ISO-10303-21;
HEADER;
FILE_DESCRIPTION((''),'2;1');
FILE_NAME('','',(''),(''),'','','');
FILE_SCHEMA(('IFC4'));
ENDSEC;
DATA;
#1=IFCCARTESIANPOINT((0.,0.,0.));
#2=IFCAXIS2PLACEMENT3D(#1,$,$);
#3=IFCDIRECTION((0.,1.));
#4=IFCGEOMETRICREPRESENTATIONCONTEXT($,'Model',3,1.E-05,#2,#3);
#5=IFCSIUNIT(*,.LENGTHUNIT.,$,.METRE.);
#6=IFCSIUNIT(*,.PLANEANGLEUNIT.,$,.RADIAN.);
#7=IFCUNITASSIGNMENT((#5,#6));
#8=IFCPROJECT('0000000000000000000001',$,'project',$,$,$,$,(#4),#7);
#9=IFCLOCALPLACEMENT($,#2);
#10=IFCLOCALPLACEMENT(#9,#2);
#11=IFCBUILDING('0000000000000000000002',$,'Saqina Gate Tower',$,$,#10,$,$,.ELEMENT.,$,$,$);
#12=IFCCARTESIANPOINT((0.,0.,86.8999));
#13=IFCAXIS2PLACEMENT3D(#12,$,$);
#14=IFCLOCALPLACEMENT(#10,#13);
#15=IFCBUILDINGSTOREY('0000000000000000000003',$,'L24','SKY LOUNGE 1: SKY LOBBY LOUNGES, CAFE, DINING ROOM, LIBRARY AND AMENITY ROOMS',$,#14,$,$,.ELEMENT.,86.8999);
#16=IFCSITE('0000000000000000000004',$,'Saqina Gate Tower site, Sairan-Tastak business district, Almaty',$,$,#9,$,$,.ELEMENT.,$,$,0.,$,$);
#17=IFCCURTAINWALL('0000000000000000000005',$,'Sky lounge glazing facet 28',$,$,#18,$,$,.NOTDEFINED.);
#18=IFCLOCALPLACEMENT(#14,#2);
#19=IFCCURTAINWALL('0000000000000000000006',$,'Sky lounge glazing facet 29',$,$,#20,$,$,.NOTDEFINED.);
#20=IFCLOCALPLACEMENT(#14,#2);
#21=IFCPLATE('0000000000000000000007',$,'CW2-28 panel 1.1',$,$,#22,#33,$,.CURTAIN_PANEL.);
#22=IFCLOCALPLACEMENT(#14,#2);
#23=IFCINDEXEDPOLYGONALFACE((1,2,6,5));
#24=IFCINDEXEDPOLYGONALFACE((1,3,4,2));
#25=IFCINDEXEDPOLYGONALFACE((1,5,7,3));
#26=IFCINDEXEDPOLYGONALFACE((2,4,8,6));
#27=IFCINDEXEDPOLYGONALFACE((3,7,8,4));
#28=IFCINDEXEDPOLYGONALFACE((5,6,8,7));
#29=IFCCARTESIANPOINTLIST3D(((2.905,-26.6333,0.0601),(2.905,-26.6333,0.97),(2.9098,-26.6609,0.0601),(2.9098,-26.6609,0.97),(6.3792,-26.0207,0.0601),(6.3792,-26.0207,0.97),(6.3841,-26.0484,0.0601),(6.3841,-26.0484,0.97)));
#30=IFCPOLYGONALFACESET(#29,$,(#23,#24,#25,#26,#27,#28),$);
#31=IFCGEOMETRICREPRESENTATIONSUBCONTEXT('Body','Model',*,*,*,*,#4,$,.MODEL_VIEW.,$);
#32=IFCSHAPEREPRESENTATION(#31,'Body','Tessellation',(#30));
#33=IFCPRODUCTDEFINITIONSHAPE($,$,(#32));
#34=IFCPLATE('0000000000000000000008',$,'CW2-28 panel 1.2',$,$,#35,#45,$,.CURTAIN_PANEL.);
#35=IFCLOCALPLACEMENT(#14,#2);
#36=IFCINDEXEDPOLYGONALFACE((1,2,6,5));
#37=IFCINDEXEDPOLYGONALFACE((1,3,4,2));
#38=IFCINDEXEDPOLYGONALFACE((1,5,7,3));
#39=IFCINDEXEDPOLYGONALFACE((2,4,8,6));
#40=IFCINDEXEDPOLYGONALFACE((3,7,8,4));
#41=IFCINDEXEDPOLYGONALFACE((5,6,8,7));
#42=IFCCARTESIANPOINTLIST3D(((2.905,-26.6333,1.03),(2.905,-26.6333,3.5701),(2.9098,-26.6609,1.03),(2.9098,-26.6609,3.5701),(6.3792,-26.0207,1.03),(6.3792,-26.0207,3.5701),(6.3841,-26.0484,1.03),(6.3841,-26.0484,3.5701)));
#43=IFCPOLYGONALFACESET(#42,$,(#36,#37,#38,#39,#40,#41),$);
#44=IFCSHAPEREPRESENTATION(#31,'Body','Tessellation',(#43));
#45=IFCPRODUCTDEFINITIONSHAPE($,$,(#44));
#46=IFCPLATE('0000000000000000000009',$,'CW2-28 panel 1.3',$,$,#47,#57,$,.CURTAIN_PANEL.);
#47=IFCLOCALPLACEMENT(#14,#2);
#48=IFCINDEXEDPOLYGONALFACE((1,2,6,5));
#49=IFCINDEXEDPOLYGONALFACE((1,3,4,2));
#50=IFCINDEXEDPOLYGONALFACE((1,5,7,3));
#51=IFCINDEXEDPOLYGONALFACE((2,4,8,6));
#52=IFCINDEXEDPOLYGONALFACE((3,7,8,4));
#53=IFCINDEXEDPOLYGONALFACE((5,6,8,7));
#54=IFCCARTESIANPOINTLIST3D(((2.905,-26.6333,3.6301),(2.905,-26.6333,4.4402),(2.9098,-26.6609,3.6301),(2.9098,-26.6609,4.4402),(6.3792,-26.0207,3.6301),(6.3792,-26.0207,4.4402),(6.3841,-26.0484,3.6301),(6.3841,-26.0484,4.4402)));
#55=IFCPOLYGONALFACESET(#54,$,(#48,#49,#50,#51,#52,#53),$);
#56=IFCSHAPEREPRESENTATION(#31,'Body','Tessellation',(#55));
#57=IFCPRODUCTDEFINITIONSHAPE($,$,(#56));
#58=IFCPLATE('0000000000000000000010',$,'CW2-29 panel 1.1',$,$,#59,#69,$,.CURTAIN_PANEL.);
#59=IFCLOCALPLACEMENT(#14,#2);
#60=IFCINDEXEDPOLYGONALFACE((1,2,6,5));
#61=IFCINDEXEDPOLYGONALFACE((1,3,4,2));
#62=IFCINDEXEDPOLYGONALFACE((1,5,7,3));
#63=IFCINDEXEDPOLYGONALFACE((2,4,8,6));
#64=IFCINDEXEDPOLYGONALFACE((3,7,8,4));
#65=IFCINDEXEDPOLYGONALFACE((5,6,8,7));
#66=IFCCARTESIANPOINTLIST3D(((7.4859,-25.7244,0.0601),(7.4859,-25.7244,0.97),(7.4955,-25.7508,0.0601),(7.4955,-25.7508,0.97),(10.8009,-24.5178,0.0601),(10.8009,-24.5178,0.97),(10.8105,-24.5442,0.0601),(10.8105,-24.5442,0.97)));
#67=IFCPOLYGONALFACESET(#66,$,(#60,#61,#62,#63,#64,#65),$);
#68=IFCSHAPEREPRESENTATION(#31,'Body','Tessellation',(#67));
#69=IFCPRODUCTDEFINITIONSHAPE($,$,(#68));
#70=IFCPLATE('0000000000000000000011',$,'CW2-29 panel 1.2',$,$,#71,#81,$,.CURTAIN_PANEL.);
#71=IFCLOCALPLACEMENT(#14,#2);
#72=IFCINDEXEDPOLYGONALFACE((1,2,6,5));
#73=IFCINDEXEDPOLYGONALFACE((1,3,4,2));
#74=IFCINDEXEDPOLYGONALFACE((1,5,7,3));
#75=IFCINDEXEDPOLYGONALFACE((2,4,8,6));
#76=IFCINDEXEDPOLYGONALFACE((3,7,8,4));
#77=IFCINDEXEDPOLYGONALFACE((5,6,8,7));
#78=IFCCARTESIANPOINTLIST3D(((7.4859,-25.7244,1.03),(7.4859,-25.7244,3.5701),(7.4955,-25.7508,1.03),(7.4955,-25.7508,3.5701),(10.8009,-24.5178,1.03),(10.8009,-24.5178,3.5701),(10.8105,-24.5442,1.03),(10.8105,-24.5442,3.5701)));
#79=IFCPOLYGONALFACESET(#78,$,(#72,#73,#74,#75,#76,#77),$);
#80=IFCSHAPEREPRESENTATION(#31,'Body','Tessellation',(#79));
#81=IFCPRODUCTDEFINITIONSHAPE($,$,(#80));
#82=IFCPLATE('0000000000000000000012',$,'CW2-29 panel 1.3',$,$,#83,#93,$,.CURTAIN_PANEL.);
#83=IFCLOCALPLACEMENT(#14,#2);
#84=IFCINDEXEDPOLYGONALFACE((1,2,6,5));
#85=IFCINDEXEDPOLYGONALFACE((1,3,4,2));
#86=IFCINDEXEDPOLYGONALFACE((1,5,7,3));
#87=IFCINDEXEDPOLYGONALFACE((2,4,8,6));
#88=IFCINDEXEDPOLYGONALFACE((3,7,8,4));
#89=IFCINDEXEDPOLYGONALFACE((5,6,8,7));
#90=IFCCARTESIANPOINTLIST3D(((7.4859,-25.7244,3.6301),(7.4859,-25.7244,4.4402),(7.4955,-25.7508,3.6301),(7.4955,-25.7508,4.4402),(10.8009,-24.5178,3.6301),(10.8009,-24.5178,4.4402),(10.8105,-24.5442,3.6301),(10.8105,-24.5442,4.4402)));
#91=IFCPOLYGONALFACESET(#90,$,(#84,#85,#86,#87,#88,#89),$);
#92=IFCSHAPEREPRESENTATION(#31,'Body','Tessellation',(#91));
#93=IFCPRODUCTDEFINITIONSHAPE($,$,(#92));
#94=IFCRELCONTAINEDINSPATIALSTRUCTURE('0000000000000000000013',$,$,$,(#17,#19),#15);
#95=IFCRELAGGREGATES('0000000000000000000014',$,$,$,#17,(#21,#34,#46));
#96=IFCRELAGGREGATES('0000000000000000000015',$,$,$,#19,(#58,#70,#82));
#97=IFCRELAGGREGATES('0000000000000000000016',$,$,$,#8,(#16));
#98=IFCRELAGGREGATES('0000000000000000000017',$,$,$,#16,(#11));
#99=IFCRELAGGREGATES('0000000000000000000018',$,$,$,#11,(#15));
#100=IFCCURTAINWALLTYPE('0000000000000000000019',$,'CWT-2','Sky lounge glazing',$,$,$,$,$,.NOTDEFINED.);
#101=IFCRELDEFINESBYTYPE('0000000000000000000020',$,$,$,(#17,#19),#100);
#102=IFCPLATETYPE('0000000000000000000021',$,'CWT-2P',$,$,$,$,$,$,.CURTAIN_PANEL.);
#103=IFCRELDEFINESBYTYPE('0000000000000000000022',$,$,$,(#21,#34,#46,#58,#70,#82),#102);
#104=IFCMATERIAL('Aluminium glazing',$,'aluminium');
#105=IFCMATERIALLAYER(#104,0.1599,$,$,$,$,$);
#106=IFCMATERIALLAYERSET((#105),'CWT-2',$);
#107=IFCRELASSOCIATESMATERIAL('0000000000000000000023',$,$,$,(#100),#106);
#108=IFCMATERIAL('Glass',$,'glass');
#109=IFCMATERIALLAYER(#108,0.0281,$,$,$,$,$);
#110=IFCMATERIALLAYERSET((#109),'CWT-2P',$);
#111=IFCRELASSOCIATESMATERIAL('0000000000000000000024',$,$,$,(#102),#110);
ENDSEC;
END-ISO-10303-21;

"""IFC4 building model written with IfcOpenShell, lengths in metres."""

from ifc_helpers import new_model, si_unit, direction, frame, origin, origin_2d, place, context, subcontext, project, spatial, rectangle, extrude, material, layer, layer_set, type_object, element, aggregate, save


model = new_model("IFC4")

# Units and contexts
model_context = context("Model", 3, precision=1e-05, world=origin(), true_north=direction((0.0, 1.0)))
body_context = subcontext(model_context, "Body", "Model", "MODEL_VIEW")
ifc_project = project(units=[si_unit("LENGTHUNIT", "METRE"), si_unit("PLANEANGLEUNIT", "RADIAN")], contexts=[model_context])

# Site, building, storey
site_placement = place(None, origin())
site = spatial("IfcSite", under=ifc_project, at=site_placement, Name="Saqina Gate Tower site, Sairan-Tastak business district, Almaty", CompositionType="ELEMENT", RefElevation=0.0)
building_placement = place(site_placement, origin())
building = spatial("IfcBuilding", under=site, at=building_placement, Name="Saqina Gate Tower", CompositionType="ELEMENT")
storey_placement = place(building_placement, frame((0.0, 0.0, 86.8999)))
storey = spatial("IfcBuildingStorey", under=building, at=storey_placement, Name="L24", Description="SKY LOUNGE 1: SKY LOBBY LOUNGES, CAFE, DINING ROOM, LIBRARY AND AMENITY ROOMS", CompositionType="ELEMENT", Elevation=86.8999)

# Shared definitions
ifc_material_1 = material(Name="Aluminium glazing", Category="aluminium")
ifc_layer_1 = layer(ifc_material_1, 0.1599)
ifc_layer_set_1 = layer_set([ifc_layer_1], Name="CWT-2")
curtain_wall_type = type_object("IfcCurtainWallType", Name="CWT-2", Description="Sky lounge glazing", PredefinedType="NOTDEFINED", material=ifc_layer_set_1)

# Curtain wall
curtain_wall_1_placement = place(storey_placement, origin())
curtain_wall_1 = element("IfcCurtainWall", 1, at=curtain_wall_1_placement, inside=storey, type_object=curtain_wall_type, Name="Sky lounge glazing facet 28", PredefinedType="NOTDEFINED")

# Curtain wall
curtain_wall_2_placement = place(storey_placement, origin())
curtain_wall_2 = element("IfcCurtainWall", 2, at=curtain_wall_2_placement, inside=storey, type_object=curtain_wall_type, Name="Sky lounge glazing facet 29", PredefinedType="NOTDEFINED")

# Plates
ifc_material_2 = material(Name="Glass", Category="glass")
ifc_layer_2 = layer(ifc_material_2, 0.0281)
ifc_layer_set_2 = layer_set([ifc_layer_2], Name="CWT-2P")
plate_type = type_object("IfcPlateType", Name="CWT-2P", PredefinedType="CURTAIN_PANEL", material=ifc_layer_set_2)
plate_1_placement = place(storey_placement, frame((4.6445, -26.3408, 0.0601), z_axis=(0.0, 0.0, 1.0), x_axis=(0.984809, 0.173638, 0.0)))
plate_1 = element("IfcPlate", 3, at=plate_1_placement, type_object=plate_type, Name="CW2-28 panel 1.1", PredefinedType="CURTAIN_PANEL", context=body_context, shape_type="SweptSolid", body=[
    extrude(rectangle(XDim=3.5278, YDim=0.0281, at=origin_2d()), origin(), (0.0, 0.0, 1.0), 0.9099),
])
plate_2_placement = place(storey_placement, frame((4.6445, -26.3408, 1.03), z_axis=(0.0, 0.0, 1.0), x_axis=(0.984809, 0.173638, 0.0)))
plate_2 = element("IfcPlate", 4, at=plate_2_placement, type_object=plate_type, Name="CW2-28 panel 1.2", PredefinedType="CURTAIN_PANEL", context=body_context, shape_type="SweptSolid", body=[
    extrude(rectangle(XDim=3.5278, YDim=0.0281, at=origin_2d()), origin(), (0.0, 0.0, 1.0), 2.54),
])
plate_3_placement = place(storey_placement, frame((4.6445, -26.3408, 3.6301), z_axis=(0.0, 0.0, 1.0), x_axis=(0.984809, 0.173638, 0.0)))
plate_3 = element("IfcPlate", 5, at=plate_3_placement, type_object=plate_type, Name="CW2-28 panel 1.3", PredefinedType="CURTAIN_PANEL", context=body_context, shape_type="SweptSolid", body=[
    extrude(rectangle(XDim=3.5278, YDim=0.0281, at=origin_2d()), origin(), (0.0, 0.0, 1.0), 0.8101),
])
aggregate(curtain_wall_1, [plate_1, plate_2, plate_3])
plate_4_placement = place(storey_placement, frame((9.1482, -25.1343, 0.0601), z_axis=(0.0, 0.0, 1.0), x_axis=(0.939694, 0.342016, 0.0)))
plate_4 = element("IfcPlate", 6, at=plate_4_placement, type_object=plate_type, Name="CW2-29 panel 1.1", PredefinedType="CURTAIN_PANEL", context=body_context, shape_type="SweptSolid", body=[
    extrude(rectangle(XDim=3.5278, YDim=0.0281, at=origin_2d()), origin(), (0.0, 0.0, 1.0), 0.9099),
])
plate_5_placement = place(storey_placement, frame((9.1482, -25.1343, 1.03), z_axis=(0.0, 0.0, 1.0), x_axis=(0.939694, 0.342016, 0.0)))
plate_5 = element("IfcPlate", 7, at=plate_5_placement, type_object=plate_type, Name="CW2-29 panel 1.2", PredefinedType="CURTAIN_PANEL", context=body_context, shape_type="SweptSolid", body=[
    extrude(rectangle(XDim=3.5278, YDim=0.0281, at=origin_2d()), origin(), (0.0, 0.0, 1.0), 2.54),
])
plate_6_placement = place(storey_placement, frame((9.1482, -25.1343, 3.6301), z_axis=(0.0, 0.0, 1.0), x_axis=(0.939694, 0.342016, 0.0)))
plate_6 = element("IfcPlate", 8, at=plate_6_placement, type_object=plate_type, Name="CW2-29 panel 1.3", PredefinedType="CURTAIN_PANEL", context=body_context, shape_type="SweptSolid", body=[
    extrude(rectangle(XDim=3.5278, YDim=0.0281, at=origin_2d()), origin(), (0.0, 0.0, 1.0), 0.8101),
])
aggregate(curtain_wall_2, [plate_4, plate_5, plate_6])

save(model, "model.ifc")
